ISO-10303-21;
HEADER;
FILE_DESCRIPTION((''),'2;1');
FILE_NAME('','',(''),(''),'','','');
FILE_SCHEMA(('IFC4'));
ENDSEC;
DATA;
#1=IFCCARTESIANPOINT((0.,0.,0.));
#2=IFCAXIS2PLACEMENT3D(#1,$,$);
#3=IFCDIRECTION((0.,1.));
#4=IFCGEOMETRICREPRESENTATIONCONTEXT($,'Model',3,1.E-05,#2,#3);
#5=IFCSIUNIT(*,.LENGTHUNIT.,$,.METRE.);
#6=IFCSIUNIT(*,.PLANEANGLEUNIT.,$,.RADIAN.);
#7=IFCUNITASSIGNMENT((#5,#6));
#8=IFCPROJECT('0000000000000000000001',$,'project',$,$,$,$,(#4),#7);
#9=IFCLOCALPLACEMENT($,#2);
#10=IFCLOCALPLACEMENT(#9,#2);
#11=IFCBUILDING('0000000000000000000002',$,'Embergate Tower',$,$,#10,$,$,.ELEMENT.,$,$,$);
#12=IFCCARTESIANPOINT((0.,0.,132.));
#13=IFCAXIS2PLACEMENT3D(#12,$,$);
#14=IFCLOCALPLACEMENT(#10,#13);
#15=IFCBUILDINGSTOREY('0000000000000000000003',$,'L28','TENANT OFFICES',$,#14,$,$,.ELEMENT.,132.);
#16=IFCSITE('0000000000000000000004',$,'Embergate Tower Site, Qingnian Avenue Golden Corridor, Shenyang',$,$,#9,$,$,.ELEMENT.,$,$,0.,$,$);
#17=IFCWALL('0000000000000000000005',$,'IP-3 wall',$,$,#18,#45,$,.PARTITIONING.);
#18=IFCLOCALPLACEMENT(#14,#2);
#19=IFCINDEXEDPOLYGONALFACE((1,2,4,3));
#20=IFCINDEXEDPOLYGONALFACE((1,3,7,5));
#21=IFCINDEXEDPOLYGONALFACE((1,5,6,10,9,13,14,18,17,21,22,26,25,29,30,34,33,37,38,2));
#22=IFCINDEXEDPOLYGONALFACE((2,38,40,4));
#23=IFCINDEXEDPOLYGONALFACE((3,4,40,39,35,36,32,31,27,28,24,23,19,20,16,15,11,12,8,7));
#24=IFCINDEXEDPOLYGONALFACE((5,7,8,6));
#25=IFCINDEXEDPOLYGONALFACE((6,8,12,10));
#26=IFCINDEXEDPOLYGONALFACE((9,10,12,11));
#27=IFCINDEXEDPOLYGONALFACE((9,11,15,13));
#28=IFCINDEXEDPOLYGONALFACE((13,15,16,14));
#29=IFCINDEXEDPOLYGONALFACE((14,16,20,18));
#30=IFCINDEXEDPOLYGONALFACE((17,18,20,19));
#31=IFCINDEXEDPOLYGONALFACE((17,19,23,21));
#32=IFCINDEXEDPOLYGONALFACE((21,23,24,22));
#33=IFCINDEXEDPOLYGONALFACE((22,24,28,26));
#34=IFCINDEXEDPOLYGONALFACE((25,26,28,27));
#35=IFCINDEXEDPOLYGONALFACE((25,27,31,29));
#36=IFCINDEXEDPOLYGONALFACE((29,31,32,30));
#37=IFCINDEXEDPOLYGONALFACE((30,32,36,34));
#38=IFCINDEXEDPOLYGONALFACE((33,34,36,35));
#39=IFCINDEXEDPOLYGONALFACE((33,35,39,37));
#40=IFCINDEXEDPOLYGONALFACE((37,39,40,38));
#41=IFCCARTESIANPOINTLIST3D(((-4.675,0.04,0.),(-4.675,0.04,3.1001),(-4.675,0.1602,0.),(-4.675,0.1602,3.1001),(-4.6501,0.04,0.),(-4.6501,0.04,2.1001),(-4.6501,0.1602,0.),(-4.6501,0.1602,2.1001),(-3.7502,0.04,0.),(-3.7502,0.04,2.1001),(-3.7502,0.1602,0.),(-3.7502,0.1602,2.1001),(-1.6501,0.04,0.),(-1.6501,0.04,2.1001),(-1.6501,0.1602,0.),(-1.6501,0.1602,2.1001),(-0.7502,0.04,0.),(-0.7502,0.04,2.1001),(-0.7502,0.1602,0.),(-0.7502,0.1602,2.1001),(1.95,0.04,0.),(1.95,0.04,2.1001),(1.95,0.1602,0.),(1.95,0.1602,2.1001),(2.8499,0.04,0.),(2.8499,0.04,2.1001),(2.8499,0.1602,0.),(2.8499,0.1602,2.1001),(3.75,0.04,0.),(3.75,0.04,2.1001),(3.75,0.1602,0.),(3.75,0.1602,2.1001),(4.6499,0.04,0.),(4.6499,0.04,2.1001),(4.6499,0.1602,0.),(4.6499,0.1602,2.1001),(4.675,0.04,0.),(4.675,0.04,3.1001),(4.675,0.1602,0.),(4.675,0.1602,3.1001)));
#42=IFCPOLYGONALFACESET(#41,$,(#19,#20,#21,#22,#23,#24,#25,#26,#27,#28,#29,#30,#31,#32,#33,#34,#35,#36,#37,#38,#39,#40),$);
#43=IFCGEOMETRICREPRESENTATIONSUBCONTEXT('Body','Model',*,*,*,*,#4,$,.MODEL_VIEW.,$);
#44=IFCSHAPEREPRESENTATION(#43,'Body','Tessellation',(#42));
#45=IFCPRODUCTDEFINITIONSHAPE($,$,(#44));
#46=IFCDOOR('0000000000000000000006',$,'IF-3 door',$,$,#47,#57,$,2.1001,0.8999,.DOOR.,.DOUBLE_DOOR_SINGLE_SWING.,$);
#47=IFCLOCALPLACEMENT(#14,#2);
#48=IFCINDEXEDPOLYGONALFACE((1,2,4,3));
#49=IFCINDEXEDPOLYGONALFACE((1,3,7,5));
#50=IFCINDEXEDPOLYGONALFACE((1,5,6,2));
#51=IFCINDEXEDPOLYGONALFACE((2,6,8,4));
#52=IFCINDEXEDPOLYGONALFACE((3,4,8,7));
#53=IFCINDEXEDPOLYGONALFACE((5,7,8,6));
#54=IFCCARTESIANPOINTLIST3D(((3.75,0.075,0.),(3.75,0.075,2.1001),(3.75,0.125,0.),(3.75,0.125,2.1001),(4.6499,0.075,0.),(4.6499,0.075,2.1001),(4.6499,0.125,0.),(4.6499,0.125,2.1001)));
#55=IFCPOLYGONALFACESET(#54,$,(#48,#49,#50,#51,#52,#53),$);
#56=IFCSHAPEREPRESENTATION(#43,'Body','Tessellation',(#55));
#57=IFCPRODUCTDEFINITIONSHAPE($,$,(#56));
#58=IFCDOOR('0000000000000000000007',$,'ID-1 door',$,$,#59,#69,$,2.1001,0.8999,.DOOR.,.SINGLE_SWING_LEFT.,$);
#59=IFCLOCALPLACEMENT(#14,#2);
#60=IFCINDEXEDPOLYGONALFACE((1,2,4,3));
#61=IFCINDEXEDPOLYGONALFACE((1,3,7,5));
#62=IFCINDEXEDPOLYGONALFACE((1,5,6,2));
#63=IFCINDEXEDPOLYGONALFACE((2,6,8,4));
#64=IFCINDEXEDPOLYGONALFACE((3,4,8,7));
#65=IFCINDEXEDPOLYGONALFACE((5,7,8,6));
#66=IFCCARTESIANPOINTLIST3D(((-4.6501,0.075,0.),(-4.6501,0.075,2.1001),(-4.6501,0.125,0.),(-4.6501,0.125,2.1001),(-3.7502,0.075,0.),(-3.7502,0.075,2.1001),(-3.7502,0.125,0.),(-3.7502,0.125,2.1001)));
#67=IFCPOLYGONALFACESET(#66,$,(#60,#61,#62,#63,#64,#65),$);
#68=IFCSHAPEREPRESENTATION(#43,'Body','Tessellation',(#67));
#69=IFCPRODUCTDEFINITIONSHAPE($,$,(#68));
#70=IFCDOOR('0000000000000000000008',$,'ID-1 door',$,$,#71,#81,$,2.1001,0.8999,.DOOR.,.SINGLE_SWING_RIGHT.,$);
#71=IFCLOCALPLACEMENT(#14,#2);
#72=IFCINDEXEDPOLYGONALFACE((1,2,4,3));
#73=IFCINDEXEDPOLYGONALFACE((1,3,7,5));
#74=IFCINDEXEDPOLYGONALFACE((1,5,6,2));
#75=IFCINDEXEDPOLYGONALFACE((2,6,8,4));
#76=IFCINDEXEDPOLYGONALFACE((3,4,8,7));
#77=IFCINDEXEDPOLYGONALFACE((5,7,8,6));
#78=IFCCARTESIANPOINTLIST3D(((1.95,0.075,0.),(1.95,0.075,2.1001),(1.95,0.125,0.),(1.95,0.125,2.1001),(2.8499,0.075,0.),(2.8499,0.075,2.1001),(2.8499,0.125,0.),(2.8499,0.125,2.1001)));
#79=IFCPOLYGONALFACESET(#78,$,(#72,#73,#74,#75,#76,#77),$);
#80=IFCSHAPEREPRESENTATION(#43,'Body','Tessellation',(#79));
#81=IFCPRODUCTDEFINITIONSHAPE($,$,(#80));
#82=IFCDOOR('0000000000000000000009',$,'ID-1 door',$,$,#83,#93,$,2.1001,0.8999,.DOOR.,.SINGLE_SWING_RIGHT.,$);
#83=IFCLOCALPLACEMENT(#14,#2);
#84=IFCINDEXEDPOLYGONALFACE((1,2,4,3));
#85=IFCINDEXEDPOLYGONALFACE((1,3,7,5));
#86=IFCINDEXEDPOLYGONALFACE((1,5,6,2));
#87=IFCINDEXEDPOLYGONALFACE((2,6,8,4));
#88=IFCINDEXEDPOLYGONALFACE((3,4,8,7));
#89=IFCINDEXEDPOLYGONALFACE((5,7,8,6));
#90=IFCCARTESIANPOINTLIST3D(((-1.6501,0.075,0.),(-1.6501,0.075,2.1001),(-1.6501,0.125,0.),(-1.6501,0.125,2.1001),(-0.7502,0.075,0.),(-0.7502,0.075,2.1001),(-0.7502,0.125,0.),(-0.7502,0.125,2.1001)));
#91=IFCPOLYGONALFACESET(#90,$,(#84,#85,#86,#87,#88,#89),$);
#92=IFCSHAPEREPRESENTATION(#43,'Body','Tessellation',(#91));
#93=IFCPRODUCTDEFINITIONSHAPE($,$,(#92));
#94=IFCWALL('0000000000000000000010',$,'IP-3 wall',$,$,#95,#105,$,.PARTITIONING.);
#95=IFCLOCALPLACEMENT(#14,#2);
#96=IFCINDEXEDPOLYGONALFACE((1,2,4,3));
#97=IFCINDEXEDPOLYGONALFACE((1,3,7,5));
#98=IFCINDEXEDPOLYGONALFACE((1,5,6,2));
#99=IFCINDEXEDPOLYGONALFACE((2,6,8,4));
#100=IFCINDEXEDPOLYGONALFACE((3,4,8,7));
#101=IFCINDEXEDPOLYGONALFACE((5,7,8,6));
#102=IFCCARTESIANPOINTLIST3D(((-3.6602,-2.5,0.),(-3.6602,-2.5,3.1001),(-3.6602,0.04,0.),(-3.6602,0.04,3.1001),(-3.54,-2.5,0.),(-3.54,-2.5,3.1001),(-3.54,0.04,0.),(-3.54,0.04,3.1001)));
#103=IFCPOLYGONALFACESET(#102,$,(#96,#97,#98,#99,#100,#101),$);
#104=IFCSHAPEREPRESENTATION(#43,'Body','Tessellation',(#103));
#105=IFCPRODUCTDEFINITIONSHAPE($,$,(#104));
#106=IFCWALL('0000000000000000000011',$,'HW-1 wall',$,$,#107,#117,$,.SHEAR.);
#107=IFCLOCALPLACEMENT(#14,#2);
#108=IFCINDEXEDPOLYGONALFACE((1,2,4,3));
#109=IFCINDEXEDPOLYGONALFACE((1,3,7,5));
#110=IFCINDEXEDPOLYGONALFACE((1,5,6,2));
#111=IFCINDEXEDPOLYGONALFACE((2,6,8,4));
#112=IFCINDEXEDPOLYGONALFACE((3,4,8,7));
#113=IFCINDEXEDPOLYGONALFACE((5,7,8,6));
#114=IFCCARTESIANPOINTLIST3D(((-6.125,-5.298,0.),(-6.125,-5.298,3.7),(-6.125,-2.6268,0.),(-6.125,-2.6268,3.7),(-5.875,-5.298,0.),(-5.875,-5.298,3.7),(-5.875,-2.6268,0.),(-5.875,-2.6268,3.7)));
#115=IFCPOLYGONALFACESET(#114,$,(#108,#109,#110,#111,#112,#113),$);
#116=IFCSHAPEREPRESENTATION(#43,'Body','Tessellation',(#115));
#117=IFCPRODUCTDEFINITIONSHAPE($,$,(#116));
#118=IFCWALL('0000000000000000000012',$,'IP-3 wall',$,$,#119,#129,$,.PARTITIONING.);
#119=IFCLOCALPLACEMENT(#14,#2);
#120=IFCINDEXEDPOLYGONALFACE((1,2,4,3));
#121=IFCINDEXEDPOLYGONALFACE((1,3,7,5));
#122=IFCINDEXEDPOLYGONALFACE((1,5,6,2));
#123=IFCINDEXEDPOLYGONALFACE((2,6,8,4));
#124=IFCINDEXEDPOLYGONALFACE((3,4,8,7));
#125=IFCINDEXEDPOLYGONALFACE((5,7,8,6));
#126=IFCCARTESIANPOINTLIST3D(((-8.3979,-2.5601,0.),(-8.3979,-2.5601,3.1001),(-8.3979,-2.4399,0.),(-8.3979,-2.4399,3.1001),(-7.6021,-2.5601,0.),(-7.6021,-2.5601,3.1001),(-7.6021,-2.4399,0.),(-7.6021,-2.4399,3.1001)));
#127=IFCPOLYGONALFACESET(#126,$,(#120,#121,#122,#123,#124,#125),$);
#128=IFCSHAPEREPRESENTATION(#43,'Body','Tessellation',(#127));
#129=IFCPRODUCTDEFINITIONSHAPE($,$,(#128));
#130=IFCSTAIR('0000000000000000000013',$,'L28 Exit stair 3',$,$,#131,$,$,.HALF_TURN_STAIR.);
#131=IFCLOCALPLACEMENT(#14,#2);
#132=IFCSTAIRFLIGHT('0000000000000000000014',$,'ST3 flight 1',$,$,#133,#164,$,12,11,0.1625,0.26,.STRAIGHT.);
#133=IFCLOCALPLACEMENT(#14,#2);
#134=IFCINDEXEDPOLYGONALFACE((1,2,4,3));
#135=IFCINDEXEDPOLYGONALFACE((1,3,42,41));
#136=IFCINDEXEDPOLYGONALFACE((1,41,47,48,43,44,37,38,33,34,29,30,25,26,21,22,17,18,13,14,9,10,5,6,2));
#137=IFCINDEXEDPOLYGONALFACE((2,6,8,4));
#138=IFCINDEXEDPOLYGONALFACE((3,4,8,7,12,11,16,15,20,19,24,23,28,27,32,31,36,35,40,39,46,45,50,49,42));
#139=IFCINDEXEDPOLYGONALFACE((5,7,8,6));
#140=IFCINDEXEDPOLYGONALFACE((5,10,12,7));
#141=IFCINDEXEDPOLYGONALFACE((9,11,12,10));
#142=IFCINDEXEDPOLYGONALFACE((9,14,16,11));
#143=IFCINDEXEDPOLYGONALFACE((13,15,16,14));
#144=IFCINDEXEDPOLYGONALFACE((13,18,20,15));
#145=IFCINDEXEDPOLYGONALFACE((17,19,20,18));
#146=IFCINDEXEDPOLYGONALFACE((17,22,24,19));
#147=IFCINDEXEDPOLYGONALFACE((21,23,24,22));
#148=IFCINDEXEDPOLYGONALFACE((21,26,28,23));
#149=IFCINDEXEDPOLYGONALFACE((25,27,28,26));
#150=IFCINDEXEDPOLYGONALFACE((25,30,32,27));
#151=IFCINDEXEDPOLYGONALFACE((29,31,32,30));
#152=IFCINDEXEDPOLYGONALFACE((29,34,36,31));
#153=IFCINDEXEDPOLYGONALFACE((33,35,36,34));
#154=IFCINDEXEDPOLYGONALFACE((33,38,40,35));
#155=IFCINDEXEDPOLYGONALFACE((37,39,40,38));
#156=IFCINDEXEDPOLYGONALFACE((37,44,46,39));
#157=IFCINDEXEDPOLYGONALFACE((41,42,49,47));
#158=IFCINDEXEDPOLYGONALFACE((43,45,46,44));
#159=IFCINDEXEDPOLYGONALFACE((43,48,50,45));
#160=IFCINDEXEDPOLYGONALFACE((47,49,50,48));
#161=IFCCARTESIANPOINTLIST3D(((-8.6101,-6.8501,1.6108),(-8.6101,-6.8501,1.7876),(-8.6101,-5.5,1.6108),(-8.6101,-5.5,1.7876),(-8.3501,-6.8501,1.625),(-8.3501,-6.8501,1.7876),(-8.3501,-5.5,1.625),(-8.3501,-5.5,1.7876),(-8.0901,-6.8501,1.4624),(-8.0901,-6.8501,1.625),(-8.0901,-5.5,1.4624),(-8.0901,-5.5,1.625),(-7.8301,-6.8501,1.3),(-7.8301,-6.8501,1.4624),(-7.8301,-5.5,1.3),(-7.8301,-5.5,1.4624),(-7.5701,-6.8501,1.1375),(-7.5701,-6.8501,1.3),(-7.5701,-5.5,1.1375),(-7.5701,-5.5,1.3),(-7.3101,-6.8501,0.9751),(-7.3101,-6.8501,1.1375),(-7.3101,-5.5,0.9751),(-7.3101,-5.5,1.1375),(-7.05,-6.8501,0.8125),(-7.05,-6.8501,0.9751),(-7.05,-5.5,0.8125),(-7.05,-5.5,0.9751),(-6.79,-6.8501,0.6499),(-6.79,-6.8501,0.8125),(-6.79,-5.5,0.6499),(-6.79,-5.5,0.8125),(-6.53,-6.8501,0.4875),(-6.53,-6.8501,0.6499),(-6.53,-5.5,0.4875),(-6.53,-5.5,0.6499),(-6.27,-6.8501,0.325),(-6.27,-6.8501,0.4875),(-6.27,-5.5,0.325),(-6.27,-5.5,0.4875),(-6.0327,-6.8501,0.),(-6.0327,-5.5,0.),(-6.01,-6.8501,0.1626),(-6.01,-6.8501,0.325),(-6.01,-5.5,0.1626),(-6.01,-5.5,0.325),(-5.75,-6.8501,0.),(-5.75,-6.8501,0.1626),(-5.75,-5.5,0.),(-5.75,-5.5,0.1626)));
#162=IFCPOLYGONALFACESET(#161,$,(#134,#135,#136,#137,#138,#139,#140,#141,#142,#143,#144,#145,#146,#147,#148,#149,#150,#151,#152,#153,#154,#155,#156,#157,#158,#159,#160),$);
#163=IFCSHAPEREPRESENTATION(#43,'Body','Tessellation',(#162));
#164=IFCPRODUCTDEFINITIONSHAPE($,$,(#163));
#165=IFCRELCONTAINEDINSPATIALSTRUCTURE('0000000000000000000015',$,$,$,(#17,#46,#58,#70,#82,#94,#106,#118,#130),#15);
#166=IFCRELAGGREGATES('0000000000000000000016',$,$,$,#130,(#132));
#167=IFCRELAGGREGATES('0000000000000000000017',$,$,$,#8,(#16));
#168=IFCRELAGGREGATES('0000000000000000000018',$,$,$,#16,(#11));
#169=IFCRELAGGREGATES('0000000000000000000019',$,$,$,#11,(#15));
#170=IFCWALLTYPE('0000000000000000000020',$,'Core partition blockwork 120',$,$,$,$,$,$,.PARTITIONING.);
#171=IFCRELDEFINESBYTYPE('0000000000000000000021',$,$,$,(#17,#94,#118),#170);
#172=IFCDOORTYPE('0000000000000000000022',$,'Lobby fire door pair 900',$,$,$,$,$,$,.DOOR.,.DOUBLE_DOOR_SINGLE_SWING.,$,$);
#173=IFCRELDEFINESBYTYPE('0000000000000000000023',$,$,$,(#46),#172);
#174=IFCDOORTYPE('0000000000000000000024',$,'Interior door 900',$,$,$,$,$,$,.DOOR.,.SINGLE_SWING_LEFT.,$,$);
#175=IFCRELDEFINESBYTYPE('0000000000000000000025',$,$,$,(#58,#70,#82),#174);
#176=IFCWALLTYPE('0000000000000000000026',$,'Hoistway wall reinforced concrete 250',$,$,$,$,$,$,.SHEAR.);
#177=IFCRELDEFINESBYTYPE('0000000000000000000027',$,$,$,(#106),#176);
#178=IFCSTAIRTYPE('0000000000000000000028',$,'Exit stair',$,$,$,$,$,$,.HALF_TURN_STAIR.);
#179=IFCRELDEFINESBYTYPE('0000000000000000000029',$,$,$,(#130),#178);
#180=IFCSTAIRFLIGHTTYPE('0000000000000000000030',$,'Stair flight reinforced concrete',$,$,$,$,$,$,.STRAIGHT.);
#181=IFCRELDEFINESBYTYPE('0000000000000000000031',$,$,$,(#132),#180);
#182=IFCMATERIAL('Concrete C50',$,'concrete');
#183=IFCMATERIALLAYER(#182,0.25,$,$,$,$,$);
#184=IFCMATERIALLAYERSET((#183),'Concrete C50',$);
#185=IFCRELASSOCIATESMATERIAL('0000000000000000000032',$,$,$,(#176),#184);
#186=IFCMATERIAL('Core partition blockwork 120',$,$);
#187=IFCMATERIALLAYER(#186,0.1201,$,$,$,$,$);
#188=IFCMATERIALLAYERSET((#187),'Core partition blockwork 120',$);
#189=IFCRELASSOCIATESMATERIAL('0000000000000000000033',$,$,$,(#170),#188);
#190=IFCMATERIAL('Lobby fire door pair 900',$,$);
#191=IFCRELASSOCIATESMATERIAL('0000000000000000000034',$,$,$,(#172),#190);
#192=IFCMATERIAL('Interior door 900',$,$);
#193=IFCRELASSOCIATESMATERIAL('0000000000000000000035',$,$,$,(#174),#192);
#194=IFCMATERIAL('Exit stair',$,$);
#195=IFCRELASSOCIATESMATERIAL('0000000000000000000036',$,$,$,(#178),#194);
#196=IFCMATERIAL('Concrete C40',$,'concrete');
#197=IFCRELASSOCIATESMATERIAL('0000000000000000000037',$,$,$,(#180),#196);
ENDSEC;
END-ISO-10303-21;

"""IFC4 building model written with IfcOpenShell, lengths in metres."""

from ifc_helpers import new_model, si_unit, direction, frame, frame_2d, origin, place, context, subcontext, project, spatial, polyline, rectangle, outline, extrude, source, transform, mapped, material, layer, layer_set, type_object, element, fill, aggregate, save


model = new_model("IFC4")

# Units and contexts
model_context = context("Model", 3, precision=1e-05, world=origin(), true_north=direction((0.0, 1.0)))
body_context = subcontext(model_context, "Body", "Model", "MODEL_VIEW")
ifc_project = project(units=[si_unit("LENGTHUNIT", "METRE"), si_unit("PLANEANGLEUNIT", "RADIAN")], contexts=[model_context])

# Site, building, storey
site_placement = place(None, origin())
site = spatial("IfcSite", under=ifc_project, at=site_placement, Name="Embergate Tower Site, Qingnian Avenue Golden Corridor, Shenyang", CompositionType="ELEMENT", RefElevation=0.0)
building_placement = place(site_placement, origin())
building = spatial("IfcBuilding", under=site, at=building_placement, Name="Embergate Tower", CompositionType="ELEMENT")
storey_placement = place(building_placement, frame((0.0, 0.0, 132.0)))
storey = spatial("IfcBuildingStorey", under=building, at=storey_placement, Name="L28", Description="TENANT OFFICES", CompositionType="ELEMENT", Elevation=132.0)

# Shared definitions
ifc_material_1 = material(Name="Concrete C50", Category="concrete")
ifc_layer_1 = layer(ifc_material_1, 0.25)
ifc_layer_set_1 = layer_set([ifc_layer_1], Name="Concrete C50")
wall_type_1 = type_object("IfcWallType", Name="Hoistway wall reinforced concrete 250", PredefinedType="SHEAR", material=ifc_layer_set_1)

# Shared definitions
ifc_material_2 = material(Name="Core partition blockwork 120")
ifc_layer_2 = layer(ifc_material_2, 0.1201)
ifc_layer_set_2 = layer_set([ifc_layer_2], Name="Core partition blockwork 120")
wall_type_2 = type_object("IfcWallType", Name="Core partition blockwork 120", PredefinedType="PARTITIONING", material=ifc_layer_set_2)

# Wall, openings, doors
shared_shape_1 = source(origin(), body_context, "Body", "SweptSolid", [
    extrude(rectangle(XDim=9.3501, YDim=0.1201, at=frame_2d((4.675, 0.0))), origin(), (0.0, 0.0, 1.0), 3.1001),
])
wall_1_placement = place(storey_placement, frame((-4.675, 0.1001, 0.0), z_axis=(0.0, 0.0, 1.0), x_axis=(1.0, 0.0, 0.0)))
wall_1 = element("IfcWall", 1, at=wall_1_placement, inside=storey, type_object=wall_type_2, Name="IP-3 wall", PredefinedType="PARTITIONING", context=body_context, shape_type="MappedRepresentation", body=[
    mapped(shared_shape_1, transform((0.0, 0.0, 0.0))),
])
shared_shape_2 = source(origin(), body_context, "Body", "SweptSolid", [
    extrude(rectangle(XDim=0.8999, YDim=2.1001, at=frame_2d((0.45, 1.05))), frame((0.0, 0.0701, 0.0), z_axis=(0.0, -1.0, 0.0), x_axis=(1.0, 0.0, 0.0)), (0.0, 0.0, 1.0), 0.1401),
])
opening_1_placement = place(wall_1_placement, frame((8.425, 0.0, 0.0)))
opening_1 = element("IfcOpeningElement", 2, at=opening_1_placement, cuts=wall_1, PredefinedType="OPENING", context=body_context, shape_type="MappedRepresentation", body=[
    mapped(shared_shape_2, transform((0.0, 0.0, 0.0))),
])
opening_2_placement = place(wall_1_placement, frame((0.0249, 0.0, 0.0)))
opening_2 = element("IfcOpeningElement", 3, at=opening_2_placement, cuts=wall_1, PredefinedType="OPENING", context=body_context, shape_type="MappedRepresentation", body=[
    mapped(shared_shape_2, transform((0.0, 0.0, 0.0))),
])
opening_3_placement = place(wall_1_placement, frame((6.625, 0.0, 0.0)))
opening_3 = element("IfcOpeningElement", 4, at=opening_3_placement, cuts=wall_1, PredefinedType="OPENING", context=body_context, shape_type="MappedRepresentation", body=[
    mapped(shared_shape_2, transform((0.0, 0.0, 0.0))),
])
opening_4_placement = place(wall_1_placement, frame((3.0249, 0.0, 0.0)))
opening_4 = element("IfcOpeningElement", 5, at=opening_4_placement, cuts=wall_1, PredefinedType="OPENING", context=body_context, shape_type="MappedRepresentation", body=[
    mapped(shared_shape_2, transform((0.0, 0.0, 0.0))),
])
ifc_material_3 = material(Name="Lobby fire door pair 900")
door_type_1 = type_object("IfcDoorType", Name="Lobby fire door pair 900", OperationType="DOUBLE_DOOR_SINGLE_SWING", PredefinedType="DOOR", material=ifc_material_3)
shared_shape_3 = source(origin(), body_context, "Body", "SweptSolid", [
    extrude(rectangle(XDim=0.8999, YDim=2.1001, at=frame_2d((0.45, 1.05))), frame((0.0, 0.0249, 0.0), z_axis=(0.0, -1.0, 0.0), x_axis=(1.0, 0.0, 0.0)), (0.0, 0.0, 1.0), 0.05),
])
door_1_placement = place(opening_1_placement, origin())
door_1 = element("IfcDoor", 6, at=door_1_placement, inside=storey, type_object=door_type_1, Name="IF-3 door", OperationType="DOUBLE_DOOR_SINGLE_SWING", OverallHeight=2.1001, OverallWidth=0.8999, PredefinedType="DOOR", context=body_context, shape_type="MappedRepresentation", body=[
    mapped(shared_shape_3, transform((0.0, 0.0, 0.0))),
])
fill(opening_1, door_1)
ifc_material_4 = material(Name="Interior door 900")
door_type_2 = type_object("IfcDoorType", Name="Interior door 900", OperationType="SINGLE_SWING_LEFT", PredefinedType="DOOR", material=ifc_material_4)
door_2_placement = place(opening_2_placement, origin())
door_2 = element("IfcDoor", 7, at=door_2_placement, inside=storey, type_object=door_type_2, Name="ID-1 door", OperationType="SINGLE_SWING_LEFT", OverallHeight=2.1001, OverallWidth=0.8999, PredefinedType="DOOR", context=body_context, shape_type="MappedRepresentation", body=[
    mapped(shared_shape_3, transform((0.0, 0.0, 0.0))),
])
fill(opening_2, door_2)
door_3_placement = place(opening_3_placement, origin())
door_3 = element("IfcDoor", 8, at=door_3_placement, inside=storey, type_object=door_type_2, Name="ID-1 door", OperationType="SINGLE_SWING_RIGHT", OverallHeight=2.1001, OverallWidth=0.8999, PredefinedType="DOOR", context=body_context, shape_type="MappedRepresentation", body=[
    mapped(shared_shape_3, transform((0.0, 0.0, 0.0))),
])
fill(opening_3, door_3)
door_4_placement = place(opening_4_placement, origin())
door_4 = element("IfcDoor", 9, at=door_4_placement, inside=storey, type_object=door_type_2, Name="ID-1 door", OperationType="SINGLE_SWING_RIGHT", OverallHeight=2.1001, OverallWidth=0.8999, PredefinedType="DOOR", context=body_context, shape_type="MappedRepresentation", body=[
    mapped(shared_shape_3, transform((0.0, 0.0, 0.0))),
])
fill(opening_4, door_4)

# Walls
shared_shape_4 = source(origin(), body_context, "Body", "SweptSolid", [
    extrude(rectangle(XDim=2.54, YDim=0.1201, at=frame_2d((1.27, 0.0))), origin(), (0.0, 0.0, 1.0), 3.1001),
])
wall_2_placement = place(storey_placement, frame((-3.6001, -2.5, 0.0), z_axis=(0.0, 0.0, 1.0), x_axis=(0.0, 1.0, 0.0)))
element("IfcWall", 10, at=wall_2_placement, inside=storey, type_object=wall_type_2, Name="IP-3 wall", PredefinedType="PARTITIONING", context=body_context, shape_type="MappedRepresentation", body=[
    mapped(shared_shape_4, transform((0.0, 0.0, 0.0))),
])
shared_shape_5 = source(origin(), body_context, "Body", "SweptSolid", [
    extrude(rectangle(XDim=2.6711, YDim=0.25, at=frame_2d((1.3354, 0.0))), origin(), (0.0, 0.0, 1.0), 3.7),
])
wall_3_placement = place(storey_placement, frame((-6.0, -2.627, 0.0), z_axis=(0.0, 0.0, 1.0), x_axis=(0.0, -1.0, 0.0)))
element("IfcWall", 11, at=wall_3_placement, inside=storey, type_object=wall_type_1, Name="HW-1 wall", PredefinedType="SHEAR", context=body_context, shape_type="MappedRepresentation", body=[
    mapped(shared_shape_5, transform((0.0, 0.0, 0.0))),
])
shared_shape_6 = source(origin(), body_context, "Body", "SweptSolid", [
    extrude(rectangle(XDim=0.7959, YDim=0.1201, at=frame_2d((0.3979, 0.0))), origin(), (0.0, 0.0, 1.0), 3.1001),
])
wall_4_placement = place(storey_placement, frame((-8.3979, -2.5, 0.0), z_axis=(0.0, 0.0, 1.0), x_axis=(1.0, 0.0, 0.0)))
element("IfcWall", 12, at=wall_4_placement, inside=storey, type_object=wall_type_2, Name="IP-3 wall", PredefinedType="PARTITIONING", context=body_context, shape_type="MappedRepresentation", body=[
    mapped(shared_shape_6, transform((0.0, 0.0, 0.0))),
])

# Stair, stair flight
ifc_material_5 = material(Name="Exit stair")
stair_type = type_object("IfcStairType", Name="Exit stair", PredefinedType="HALF_TURN_STAIR", material=ifc_material_5)
stair_placement = place(storey_placement, origin())
stair = element("IfcStair", 13, at=stair_placement, inside=storey, type_object=stair_type, Name="L28 Exit stair 3", PredefinedType="HALF_TURN_STAIR")
ifc_material_6 = material(Name="Concrete C40", Category="concrete")
stair_flight_type = type_object("IfcStairFlightType", Name="Stair flight reinforced concrete", PredefinedType="STRAIGHT", material=ifc_material_6)
shared_shape_7 = source(origin(), body_context, "Body", "SweptSolid", [
    extrude(outline(polyline([(0.0, 0.0), (0.0, 0.1626), (0.26, 0.1626), (0.26, 0.325), (0.52, 0.325), (0.52, 0.4875), (0.78, 0.4875), (0.78, 0.6499), (1.04, 0.6499), (1.04, 0.8125), (1.3, 0.8125), (1.3, 0.9751), (1.5601, 0.9751), (1.5601, 1.1375), (1.8201, 1.1375), (1.8201, 1.3), (2.0801, 1.3), (2.0801, 1.4624), (2.3401, 1.4624), (2.3401, 1.625), (2.6001, 1.625), (2.6001, 1.7876), (2.8601, 1.7876), (2.8601, 1.95), (2.8601, 1.6108), (0.2827, 0.0), (0.0, 0.0)])), frame((0.0, 0.675, 0.0), z_axis=(0.0, -1.0, 0.0), x_axis=(1.0, 0.0, 0.0)), (0.0, 0.0, 1.0), 1.3501),
])
stair_flight_placement = place(storey_placement, frame((-5.75, -6.175, 0.0), z_axis=(0.0, 0.0, 1.0), x_axis=(-1.0, 0.0, 0.0)))
stair_flight = element("IfcStairFlight", 14, at=stair_flight_placement, type_object=stair_flight_type, Name="ST3 flight 1", NumberOfRisers=12, NumberOfTreads=11, PredefinedType="STRAIGHT", RiserHeight=0.1625, TreadLength=0.26, context=body_context, shape_type="MappedRepresentation", body=[
    mapped(shared_shape_7, transform((0.0, 0.0, 0.0))),
])
aggregate(stair, [stair_flight])

save(model, "model.ifc")
